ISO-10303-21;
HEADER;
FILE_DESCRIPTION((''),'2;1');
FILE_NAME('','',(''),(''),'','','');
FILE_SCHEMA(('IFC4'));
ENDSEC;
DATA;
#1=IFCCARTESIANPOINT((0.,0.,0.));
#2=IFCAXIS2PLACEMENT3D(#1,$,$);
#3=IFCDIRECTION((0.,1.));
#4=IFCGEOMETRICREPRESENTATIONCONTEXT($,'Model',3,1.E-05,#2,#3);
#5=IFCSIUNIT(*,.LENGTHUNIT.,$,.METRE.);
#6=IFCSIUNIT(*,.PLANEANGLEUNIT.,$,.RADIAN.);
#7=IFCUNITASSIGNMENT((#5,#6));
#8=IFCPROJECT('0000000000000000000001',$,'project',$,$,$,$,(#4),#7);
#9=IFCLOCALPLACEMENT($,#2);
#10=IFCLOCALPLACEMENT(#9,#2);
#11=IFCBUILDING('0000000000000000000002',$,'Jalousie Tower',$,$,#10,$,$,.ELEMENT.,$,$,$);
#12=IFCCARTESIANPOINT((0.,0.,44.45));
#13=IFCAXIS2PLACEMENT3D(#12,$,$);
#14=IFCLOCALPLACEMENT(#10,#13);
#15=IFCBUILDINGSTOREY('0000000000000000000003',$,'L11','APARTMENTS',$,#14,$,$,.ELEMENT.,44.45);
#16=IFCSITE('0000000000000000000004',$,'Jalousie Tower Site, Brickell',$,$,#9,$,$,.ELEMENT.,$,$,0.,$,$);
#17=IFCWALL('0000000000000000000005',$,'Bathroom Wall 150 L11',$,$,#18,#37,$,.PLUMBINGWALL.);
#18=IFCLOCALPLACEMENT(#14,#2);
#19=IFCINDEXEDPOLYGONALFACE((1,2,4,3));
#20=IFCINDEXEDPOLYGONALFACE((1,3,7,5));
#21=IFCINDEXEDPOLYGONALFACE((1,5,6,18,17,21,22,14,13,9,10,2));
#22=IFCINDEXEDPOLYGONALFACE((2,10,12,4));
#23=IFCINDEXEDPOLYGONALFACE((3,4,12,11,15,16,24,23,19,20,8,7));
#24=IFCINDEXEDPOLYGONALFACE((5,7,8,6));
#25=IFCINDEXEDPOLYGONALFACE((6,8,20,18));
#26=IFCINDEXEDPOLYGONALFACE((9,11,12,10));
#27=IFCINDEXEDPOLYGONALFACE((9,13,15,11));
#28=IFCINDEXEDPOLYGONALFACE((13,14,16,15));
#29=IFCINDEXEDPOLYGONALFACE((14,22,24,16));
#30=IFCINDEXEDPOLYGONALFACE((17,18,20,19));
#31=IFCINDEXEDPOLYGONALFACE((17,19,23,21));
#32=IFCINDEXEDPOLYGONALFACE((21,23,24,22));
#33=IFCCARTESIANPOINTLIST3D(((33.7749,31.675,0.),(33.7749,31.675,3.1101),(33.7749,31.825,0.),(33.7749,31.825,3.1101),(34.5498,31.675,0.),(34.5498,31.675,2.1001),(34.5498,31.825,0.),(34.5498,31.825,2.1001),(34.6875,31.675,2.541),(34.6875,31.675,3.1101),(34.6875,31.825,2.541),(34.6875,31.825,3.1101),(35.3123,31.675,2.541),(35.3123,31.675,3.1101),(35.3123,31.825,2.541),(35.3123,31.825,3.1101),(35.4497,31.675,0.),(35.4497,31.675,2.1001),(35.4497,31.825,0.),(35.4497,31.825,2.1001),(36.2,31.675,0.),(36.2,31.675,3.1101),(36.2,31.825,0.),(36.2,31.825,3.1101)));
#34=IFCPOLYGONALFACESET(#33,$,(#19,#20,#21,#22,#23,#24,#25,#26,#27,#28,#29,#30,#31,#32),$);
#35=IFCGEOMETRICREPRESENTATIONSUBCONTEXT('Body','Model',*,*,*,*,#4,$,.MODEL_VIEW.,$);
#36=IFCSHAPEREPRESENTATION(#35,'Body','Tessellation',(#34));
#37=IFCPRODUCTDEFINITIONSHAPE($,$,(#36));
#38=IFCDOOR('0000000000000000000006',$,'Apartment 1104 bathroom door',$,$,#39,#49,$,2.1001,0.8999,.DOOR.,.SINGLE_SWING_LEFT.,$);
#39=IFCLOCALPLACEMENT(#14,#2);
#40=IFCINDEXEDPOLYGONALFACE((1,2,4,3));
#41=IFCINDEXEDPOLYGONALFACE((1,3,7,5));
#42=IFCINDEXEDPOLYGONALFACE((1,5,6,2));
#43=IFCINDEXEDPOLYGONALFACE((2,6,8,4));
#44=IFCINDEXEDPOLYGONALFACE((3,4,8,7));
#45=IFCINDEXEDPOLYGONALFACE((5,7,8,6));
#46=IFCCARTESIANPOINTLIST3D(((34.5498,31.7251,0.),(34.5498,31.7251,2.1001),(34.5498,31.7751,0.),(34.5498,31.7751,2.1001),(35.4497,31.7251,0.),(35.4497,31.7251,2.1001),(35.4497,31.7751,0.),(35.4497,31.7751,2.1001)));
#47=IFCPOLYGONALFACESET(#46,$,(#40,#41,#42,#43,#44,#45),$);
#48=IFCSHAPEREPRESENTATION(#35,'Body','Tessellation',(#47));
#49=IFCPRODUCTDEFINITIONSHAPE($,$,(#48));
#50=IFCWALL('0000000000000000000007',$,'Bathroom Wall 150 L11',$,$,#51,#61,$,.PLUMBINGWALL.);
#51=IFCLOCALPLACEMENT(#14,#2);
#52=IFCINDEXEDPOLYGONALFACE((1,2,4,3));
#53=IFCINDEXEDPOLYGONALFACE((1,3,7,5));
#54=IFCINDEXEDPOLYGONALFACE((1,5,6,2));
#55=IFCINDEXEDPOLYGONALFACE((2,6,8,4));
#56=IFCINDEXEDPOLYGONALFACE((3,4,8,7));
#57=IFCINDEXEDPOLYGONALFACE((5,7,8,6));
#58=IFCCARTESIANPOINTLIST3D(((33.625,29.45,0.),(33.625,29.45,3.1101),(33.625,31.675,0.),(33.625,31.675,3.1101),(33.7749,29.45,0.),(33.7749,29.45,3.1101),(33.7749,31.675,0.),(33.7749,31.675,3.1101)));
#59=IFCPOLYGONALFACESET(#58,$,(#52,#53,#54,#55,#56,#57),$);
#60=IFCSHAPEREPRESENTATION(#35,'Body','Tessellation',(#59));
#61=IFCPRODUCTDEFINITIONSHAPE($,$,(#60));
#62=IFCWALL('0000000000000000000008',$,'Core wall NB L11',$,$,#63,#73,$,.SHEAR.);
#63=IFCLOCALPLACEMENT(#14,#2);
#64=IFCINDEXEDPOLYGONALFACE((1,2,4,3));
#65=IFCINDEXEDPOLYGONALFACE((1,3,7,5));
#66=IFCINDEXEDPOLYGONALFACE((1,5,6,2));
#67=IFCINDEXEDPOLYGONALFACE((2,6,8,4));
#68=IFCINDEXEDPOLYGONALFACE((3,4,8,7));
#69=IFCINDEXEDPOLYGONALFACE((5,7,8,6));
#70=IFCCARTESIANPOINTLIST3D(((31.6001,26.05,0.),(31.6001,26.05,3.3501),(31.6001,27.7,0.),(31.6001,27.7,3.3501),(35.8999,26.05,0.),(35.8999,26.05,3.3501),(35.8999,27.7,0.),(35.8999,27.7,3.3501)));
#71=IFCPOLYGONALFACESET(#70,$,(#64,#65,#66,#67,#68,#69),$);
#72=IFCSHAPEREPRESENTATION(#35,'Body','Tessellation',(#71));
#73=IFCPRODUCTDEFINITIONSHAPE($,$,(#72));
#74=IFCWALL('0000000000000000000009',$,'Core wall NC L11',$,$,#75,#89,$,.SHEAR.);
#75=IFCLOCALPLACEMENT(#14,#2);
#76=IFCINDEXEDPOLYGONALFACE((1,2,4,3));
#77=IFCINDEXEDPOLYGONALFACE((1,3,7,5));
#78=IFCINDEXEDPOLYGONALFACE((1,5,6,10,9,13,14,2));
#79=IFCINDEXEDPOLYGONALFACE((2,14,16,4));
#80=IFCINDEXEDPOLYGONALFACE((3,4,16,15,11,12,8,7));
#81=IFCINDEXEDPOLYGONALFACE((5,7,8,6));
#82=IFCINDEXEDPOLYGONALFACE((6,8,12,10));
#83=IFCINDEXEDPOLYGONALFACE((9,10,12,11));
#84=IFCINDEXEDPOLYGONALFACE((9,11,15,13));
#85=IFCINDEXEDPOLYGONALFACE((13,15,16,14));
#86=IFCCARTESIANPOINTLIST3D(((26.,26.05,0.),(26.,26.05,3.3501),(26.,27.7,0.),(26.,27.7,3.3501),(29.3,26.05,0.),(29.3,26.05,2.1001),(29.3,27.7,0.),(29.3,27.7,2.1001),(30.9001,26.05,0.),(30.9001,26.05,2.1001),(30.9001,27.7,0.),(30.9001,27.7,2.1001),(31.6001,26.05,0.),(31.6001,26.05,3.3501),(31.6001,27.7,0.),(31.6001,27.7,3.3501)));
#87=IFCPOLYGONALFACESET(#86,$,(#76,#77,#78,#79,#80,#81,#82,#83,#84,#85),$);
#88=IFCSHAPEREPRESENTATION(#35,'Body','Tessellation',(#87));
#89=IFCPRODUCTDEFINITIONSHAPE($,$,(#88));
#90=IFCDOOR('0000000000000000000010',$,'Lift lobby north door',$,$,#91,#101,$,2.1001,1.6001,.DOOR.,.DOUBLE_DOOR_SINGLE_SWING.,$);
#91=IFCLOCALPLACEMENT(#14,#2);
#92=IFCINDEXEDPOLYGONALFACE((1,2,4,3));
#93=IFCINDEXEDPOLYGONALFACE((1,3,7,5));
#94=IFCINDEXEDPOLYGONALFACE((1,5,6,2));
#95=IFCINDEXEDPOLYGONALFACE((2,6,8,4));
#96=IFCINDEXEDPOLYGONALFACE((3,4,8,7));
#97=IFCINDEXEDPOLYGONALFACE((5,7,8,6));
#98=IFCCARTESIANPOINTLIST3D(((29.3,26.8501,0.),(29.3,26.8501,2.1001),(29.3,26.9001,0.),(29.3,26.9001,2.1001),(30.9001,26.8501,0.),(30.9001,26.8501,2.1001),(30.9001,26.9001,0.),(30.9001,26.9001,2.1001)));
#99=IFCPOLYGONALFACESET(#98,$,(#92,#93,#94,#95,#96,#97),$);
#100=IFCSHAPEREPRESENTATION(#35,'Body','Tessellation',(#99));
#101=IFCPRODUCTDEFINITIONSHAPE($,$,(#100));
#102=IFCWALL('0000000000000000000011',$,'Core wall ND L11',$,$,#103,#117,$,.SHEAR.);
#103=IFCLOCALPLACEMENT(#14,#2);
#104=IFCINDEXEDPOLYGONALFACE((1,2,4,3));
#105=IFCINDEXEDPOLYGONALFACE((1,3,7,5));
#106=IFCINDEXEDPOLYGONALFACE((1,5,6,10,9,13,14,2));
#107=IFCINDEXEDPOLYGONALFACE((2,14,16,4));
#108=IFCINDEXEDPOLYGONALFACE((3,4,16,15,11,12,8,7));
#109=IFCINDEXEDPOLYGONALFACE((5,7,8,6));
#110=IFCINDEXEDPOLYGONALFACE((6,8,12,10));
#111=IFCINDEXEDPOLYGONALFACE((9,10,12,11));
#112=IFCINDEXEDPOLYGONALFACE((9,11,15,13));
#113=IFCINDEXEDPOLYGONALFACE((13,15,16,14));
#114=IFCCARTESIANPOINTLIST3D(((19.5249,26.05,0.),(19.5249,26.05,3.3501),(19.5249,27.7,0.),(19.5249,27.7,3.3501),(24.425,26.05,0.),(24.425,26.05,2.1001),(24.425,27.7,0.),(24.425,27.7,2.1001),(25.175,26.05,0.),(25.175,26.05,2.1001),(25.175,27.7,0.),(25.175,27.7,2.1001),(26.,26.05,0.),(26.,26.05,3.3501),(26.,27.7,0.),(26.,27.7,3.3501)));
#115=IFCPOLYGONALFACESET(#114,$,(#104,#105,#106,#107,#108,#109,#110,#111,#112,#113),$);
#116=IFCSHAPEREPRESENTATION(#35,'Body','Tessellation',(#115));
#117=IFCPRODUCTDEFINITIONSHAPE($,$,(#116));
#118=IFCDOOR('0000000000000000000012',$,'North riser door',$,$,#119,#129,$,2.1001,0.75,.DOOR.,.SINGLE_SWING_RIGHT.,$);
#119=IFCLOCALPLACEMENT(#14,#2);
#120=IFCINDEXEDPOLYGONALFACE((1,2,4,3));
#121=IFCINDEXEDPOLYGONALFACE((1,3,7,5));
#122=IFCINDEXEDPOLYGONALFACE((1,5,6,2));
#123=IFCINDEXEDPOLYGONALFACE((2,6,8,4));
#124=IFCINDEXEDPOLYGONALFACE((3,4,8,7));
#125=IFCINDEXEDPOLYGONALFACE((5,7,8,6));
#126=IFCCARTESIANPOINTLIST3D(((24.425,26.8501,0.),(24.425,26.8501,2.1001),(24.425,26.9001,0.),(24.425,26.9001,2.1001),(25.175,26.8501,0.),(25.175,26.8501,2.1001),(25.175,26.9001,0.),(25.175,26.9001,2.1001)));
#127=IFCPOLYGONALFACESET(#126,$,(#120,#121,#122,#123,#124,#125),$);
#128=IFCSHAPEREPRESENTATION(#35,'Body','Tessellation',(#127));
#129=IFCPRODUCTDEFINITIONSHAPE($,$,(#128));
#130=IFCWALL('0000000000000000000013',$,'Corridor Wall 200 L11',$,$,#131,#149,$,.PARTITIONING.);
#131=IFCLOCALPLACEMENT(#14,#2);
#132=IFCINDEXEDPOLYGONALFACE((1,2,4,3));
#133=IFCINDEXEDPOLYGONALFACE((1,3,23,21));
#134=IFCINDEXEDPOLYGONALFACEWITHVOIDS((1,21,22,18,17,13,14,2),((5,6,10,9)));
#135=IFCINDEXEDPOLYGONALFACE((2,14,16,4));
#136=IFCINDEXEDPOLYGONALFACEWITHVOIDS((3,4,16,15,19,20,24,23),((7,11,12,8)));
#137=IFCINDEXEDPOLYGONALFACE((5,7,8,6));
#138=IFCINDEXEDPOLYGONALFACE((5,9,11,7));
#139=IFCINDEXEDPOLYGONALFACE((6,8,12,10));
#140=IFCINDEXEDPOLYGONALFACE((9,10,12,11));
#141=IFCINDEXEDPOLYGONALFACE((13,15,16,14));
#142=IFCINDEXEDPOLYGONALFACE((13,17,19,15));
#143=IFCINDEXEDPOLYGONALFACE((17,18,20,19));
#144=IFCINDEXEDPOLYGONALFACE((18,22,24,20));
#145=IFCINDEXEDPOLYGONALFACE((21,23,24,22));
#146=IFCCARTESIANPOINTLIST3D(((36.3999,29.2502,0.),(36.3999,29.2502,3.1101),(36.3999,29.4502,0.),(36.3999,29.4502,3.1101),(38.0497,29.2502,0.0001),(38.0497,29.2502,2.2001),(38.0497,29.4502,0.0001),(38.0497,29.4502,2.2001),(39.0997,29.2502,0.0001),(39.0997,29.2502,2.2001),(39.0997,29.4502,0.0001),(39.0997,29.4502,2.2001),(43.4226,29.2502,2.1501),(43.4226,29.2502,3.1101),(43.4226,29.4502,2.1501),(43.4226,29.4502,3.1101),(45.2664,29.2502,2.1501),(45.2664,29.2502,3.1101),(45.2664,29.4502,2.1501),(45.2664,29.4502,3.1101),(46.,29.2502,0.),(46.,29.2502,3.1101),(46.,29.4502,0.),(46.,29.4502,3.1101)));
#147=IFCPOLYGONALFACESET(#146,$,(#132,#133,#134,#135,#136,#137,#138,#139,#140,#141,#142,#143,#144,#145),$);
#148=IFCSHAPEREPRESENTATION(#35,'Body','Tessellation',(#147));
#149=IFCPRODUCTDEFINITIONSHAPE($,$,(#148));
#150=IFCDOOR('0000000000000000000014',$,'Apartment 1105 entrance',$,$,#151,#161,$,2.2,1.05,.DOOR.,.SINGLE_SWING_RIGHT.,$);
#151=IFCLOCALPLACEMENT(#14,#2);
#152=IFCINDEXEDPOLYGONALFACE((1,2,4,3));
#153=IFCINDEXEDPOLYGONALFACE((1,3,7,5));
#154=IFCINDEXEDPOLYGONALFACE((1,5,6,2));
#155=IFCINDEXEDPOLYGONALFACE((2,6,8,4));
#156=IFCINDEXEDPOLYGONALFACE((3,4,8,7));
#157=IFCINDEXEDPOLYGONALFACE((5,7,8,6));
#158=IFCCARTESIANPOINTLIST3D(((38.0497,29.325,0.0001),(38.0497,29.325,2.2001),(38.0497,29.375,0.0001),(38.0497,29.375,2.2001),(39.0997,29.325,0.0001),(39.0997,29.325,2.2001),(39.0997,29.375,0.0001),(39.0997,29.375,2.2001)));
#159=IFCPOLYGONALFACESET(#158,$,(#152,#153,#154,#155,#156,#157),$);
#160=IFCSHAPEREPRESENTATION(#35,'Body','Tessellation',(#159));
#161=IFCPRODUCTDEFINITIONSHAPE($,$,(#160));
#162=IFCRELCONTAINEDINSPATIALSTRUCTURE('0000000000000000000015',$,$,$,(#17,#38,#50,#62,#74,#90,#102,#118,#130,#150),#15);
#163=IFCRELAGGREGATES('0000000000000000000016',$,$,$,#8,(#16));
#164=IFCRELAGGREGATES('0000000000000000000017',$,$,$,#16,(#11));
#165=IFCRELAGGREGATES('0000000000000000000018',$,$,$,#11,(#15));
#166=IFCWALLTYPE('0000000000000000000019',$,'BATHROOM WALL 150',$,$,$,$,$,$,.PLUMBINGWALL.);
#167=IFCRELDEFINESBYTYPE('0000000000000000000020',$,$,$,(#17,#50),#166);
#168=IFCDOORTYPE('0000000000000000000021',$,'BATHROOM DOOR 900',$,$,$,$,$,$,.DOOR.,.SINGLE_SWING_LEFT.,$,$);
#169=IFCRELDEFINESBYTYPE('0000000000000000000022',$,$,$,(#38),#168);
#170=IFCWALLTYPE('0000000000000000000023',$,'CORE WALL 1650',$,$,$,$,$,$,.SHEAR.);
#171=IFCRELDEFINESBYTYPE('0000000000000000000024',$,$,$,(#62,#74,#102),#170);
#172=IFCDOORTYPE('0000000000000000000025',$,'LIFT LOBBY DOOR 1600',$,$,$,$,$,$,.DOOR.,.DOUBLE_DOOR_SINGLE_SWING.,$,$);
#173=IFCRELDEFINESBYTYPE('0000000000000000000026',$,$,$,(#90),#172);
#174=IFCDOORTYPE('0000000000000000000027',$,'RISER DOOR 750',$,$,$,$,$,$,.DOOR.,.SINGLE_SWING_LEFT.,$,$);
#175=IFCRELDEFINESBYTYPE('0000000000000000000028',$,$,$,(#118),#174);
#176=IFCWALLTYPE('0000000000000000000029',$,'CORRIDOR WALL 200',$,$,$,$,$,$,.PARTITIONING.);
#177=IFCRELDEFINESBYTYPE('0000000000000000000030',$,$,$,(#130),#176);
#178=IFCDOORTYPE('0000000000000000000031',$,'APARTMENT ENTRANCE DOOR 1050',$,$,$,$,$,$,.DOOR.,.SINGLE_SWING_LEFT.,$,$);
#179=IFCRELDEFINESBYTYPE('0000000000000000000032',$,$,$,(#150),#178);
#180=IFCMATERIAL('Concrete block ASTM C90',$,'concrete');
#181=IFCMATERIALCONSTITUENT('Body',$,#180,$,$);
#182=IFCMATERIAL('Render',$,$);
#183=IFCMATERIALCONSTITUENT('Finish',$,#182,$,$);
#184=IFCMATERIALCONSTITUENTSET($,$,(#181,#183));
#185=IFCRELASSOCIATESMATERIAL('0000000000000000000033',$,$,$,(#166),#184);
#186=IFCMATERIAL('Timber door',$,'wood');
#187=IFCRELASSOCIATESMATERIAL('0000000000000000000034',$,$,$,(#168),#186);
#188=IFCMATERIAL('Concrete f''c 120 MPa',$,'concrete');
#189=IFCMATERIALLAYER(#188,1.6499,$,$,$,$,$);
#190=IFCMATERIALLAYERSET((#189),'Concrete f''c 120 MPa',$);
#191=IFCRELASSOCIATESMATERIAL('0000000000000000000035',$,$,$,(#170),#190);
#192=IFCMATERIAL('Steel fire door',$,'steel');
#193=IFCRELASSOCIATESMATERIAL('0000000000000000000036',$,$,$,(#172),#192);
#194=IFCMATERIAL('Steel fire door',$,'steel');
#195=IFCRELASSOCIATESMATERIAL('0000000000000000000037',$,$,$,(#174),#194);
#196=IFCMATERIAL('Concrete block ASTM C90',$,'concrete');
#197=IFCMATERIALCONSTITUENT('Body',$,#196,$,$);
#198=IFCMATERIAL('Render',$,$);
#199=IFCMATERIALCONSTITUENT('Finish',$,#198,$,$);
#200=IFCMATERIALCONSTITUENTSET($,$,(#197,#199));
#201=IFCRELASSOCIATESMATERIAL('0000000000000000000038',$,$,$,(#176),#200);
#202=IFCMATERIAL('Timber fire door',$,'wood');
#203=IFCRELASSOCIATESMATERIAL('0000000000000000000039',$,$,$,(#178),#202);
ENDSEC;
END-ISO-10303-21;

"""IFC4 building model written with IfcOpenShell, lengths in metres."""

from ifc_helpers import new_model, si_unit, direction, frame, frame_2d, origin, place, context, subcontext, project, spatial, polyline, rectangle, outline, extrude, material, layer, layer_set, constituent, constituent_set, type_object, element, fill, save


model = new_model("IFC4")

# Units and contexts
model_context = context("Model", 3, precision=1e-05, world=origin(), true_north=direction((0.0, 1.0)))
body_context = subcontext(model_context, "Body", "Model", "MODEL_VIEW")
ifc_project = project(units=[si_unit("LENGTHUNIT", "METRE"), si_unit("PLANEANGLEUNIT", "RADIAN")], contexts=[model_context])

# Site, building, storey
site_placement = place(None, origin())
site = spatial("IfcSite", under=ifc_project, at=site_placement, Name="Jalousie Tower Site, Brickell", CompositionType="ELEMENT", RefElevation=0.0)
building_placement = place(site_placement, origin())
building = spatial("IfcBuilding", under=site, at=building_placement, Name="Jalousie Tower", CompositionType="ELEMENT")
storey_placement = place(building_placement, frame((0.0, 0.0, 44.45)))
storey = spatial("IfcBuildingStorey", under=building, at=storey_placement, Name="L11", Description="APARTMENTS", CompositionType="ELEMENT", Elevation=44.45)

# Wall, opening, door
ifc_material_1 = material(Name="Concrete block ASTM C90", Category="concrete")
ifc_constituent_1 = constituent(ifc_material_1, Name="Body")
ifc_material_2 = material(Name="Render")
ifc_constituent_2 = constituent(ifc_material_2, Name="Finish")
ifc_constituent_set_1 = constituent_set(constituents=[ifc_constituent_1, ifc_constituent_2])
wall_type_1 = type_object("IfcWallType", Name="BATHROOM WALL 150", PredefinedType="PLUMBINGWALL", material=ifc_constituent_set_1)
wall_1_placement = place(storey_placement, frame((33.7749, 31.75, 0.0), z_axis=(0.0, 0.0, 1.0), x_axis=(1.0, 0.0, 0.0)))
wall_1 = element("IfcWall", 1, at=wall_1_placement, inside=storey, type_object=wall_type_1, Name="Bathroom Wall 150 L11", PredefinedType="PLUMBINGWALL", context=body_context, shape_type="SweptSolid", body=[
    extrude(outline(polyline([(0.0, 0.0), (2.425, 0.0), (2.425, 3.1101), (1.5374, 3.1101), (1.5374, 2.541), (0.9126, 2.541), (0.9126, 3.1101), (0.0, 3.1101), (0.0, 0.0)])), frame((0.0, 0.075, 0.0), z_axis=(0.0, -1.0, 0.0), x_axis=(1.0, 0.0, 0.0)), (0.0, 0.0, 1.0), 0.1499),
])
opening_1_placement = place(wall_1_placement, frame((0.7749, 0.0, 0.0)))
opening_1 = element("IfcOpeningElement", 2, at=opening_1_placement, cuts=wall_1, PredefinedType="OPENING", context=body_context, shape_type="SweptSolid", body=[
    extrude(rectangle(XDim=0.8999, YDim=2.1001, at=frame_2d((0.45, 1.05))), frame((0.0, 0.085, 0.0), z_axis=(0.0, -1.0, 0.0), x_axis=(1.0, 0.0, 0.0)), (0.0, 0.0, 1.0), 0.1699),
])
ifc_material_3 = material(Name="Timber door", Category="wood")
door_type_1 = type_object("IfcDoorType", Name="BATHROOM DOOR 900", OperationType="SINGLE_SWING_LEFT", PredefinedType="DOOR", material=ifc_material_3)
door_1_placement = place(opening_1_placement, frame((0.8999, 0.0, 0.0), z_axis=(0.0, 0.0, 1.0), x_axis=(-1.0, 0.0, 0.0)))
door_1 = element("IfcDoor", 3, at=door_1_placement, inside=storey, type_object=door_type_1, Name="Apartment 1104 bathroom door", OperationType="SINGLE_SWING_LEFT", OverallHeight=2.1001, OverallWidth=0.8999, PredefinedType="DOOR", context=body_context, shape_type="SweptSolid", body=[
    extrude(rectangle(XDim=0.8999, YDim=2.1001, at=frame_2d((0.45, 1.05))), frame((0.0, 0.0249, 0.0), z_axis=(0.0, -1.0, 0.0), x_axis=(1.0, 0.0, 0.0)), (0.0, 0.0, 1.0), 0.05),
])
fill(opening_1, door_1)

# Walls
wall_2_placement = place(storey_placement, frame((33.7, 31.675, 0.0), z_axis=(0.0, 0.0, 1.0), x_axis=(0.0, -1.0, 0.0)))
element("IfcWall", 4, at=wall_2_placement, inside=storey, type_object=wall_type_1, Name="Bathroom Wall 150 L11", PredefinedType="PLUMBINGWALL", context=body_context, shape_type="SweptSolid", body=[
    extrude(rectangle(XDim=2.2251, YDim=0.1499, at=frame_2d((1.1125, 0.0))), origin(), (0.0, 0.0, 1.0), 3.1101),
])
ifc_material_4 = material(Name="Concrete f'c 120 MPa", Category="concrete")
ifc_layer = layer(ifc_material_4, 1.6499)
ifc_layer_set = layer_set([ifc_layer], Name="Concrete f'c 120 MPa")
wall_type_2 = type_object("IfcWallType", Name="CORE WALL 1650", PredefinedType="SHEAR", material=ifc_layer_set)
wall_3_placement = place(storey_placement, frame((35.8999, 26.875, 0.0), z_axis=(0.0, 0.0, 1.0), x_axis=(-1.0, 0.0, 0.0)))
element("IfcWall", 5, at=wall_3_placement, inside=storey, type_object=wall_type_2, Name="Core wall NB L11", PredefinedType="SHEAR", context=body_context, shape_type="SweptSolid", body=[
    extrude(rectangle(XDim=4.2998, YDim=1.6499, at=frame_2d((2.1499, 0.0))), origin(), (0.0, 0.0, 1.0), 3.3501),
])

# Walls, openings, doors
wall_4_placement = place(storey_placement, frame((31.6001, 26.875, 0.0), z_axis=(0.0, 0.0, 1.0), x_axis=(-1.0, 0.0, 0.0)))
wall_4 = element("IfcWall", 6, at=wall_4_placement, inside=storey, type_object=wall_type_2, Name="Core wall NC L11", PredefinedType="SHEAR", context=body_context, shape_type="SweptSolid", body=[
    extrude(rectangle(XDim=5.6001, YDim=1.6499, at=frame_2d((2.8, 0.0))), origin(), (0.0, 0.0, 1.0), 3.3501),
])
opening_2_placement = place(wall_4_placement, frame((0.7, 0.0, 0.0)))
opening_2 = element("IfcOpeningElement", 7, at=opening_2_placement, cuts=wall_4, PredefinedType="OPENING", context=body_context, shape_type="SweptSolid", body=[
    extrude(rectangle(XDim=1.6001, YDim=2.1001, at=frame_2d((0.8, 1.05))), frame((0.0, 0.835, 0.0), z_axis=(0.0, -1.0, 0.0), x_axis=(1.0, 0.0, 0.0)), (0.0, 0.0, 1.0), 1.6699),
])
ifc_material_5 = material(Name="Steel fire door", Category="steel")
door_type_2 = type_object("IfcDoorType", Name="LIFT LOBBY DOOR 1600", OperationType="DOUBLE_DOOR_SINGLE_SWING", PredefinedType="DOOR", material=ifc_material_5)
door_2_placement = place(opening_2_placement, origin())
door_2 = element("IfcDoor", 8, at=door_2_placement, inside=storey, type_object=door_type_2, Name="Lift lobby north door", OperationType="DOUBLE_DOOR_SINGLE_SWING", OverallHeight=2.1001, OverallWidth=1.6001, PredefinedType="DOOR", context=body_context, shape_type="SweptSolid", body=[
    extrude(rectangle(XDim=1.6001, YDim=2.1001, at=frame_2d((0.8, 1.05))), frame((0.0, 0.0249, 0.0), z_axis=(0.0, -1.0, 0.0), x_axis=(1.0, 0.0, 0.0)), (0.0, 0.0, 1.0), 0.05),
])
fill(opening_2, door_2)
wall_5_placement = place(storey_placement, frame((26.0, 26.875, 0.0), z_axis=(0.0, 0.0, 1.0), x_axis=(-1.0, 0.0, 0.0)))
wall_5 = element("IfcWall", 9, at=wall_5_placement, inside=storey, type_object=wall_type_2, Name="Core wall ND L11", PredefinedType="SHEAR", context=body_context, shape_type="SweptSolid", body=[
    extrude(rectangle(XDim=6.4751, YDim=1.6499, at=frame_2d((3.2375, 0.0))), origin(), (0.0, 0.0, 1.0), 3.3501),
])
opening_3_placement = place(wall_5_placement, frame((0.825, 0.0, 0.0)))
opening_3 = element("IfcOpeningElement", 10, at=opening_3_placement, cuts=wall_5, PredefinedType="OPENING", context=body_context, shape_type="SweptSolid", body=[
    extrude(rectangle(XDim=0.75, YDim=2.1001, at=frame_2d((0.375, 1.05))), frame((0.0, 0.835, 0.0), z_axis=(0.0, -1.0, 0.0), x_axis=(1.0, 0.0, 0.0)), (0.0, 0.0, 1.0), 1.6699),
])
ifc_material_6 = material(Name="Steel fire door", Category="steel")
door_type_3 = type_object("IfcDoorType", Name="RISER DOOR 750", OperationType="SINGLE_SWING_LEFT", PredefinedType="DOOR", material=ifc_material_6)
door_3_placement = place(opening_3_placement, origin())
door_3 = element("IfcDoor", 11, at=door_3_placement, inside=storey, type_object=door_type_3, Name="North riser door", OperationType="SINGLE_SWING_RIGHT", OverallHeight=2.1001, OverallWidth=0.75, PredefinedType="DOOR", context=body_context, shape_type="SweptSolid", body=[
    extrude(rectangle(XDim=0.75, YDim=2.1001, at=frame_2d((0.375, 1.05))), frame((0.0, 0.0249, 0.0), z_axis=(0.0, -1.0, 0.0), x_axis=(1.0, 0.0, 0.0)), (0.0, 0.0, 1.0), 0.05),
])
fill(opening_3, door_3)
ifc_material_7 = material(Name="Concrete block ASTM C90", Category="concrete")
ifc_constituent_3 = constituent(ifc_material_7, Name="Body")
ifc_material_8 = material(Name="Render")
ifc_constituent_4 = constituent(ifc_material_8, Name="Finish")
ifc_constituent_set_2 = constituent_set(constituents=[ifc_constituent_3, ifc_constituent_4])
wall_type_3 = type_object("IfcWallType", Name="CORRIDOR WALL 200", PredefinedType="PARTITIONING", material=ifc_constituent_set_2)
wall_6_placement = place(storey_placement, frame((36.3999, 29.3501, 0.0), z_axis=(0.0, 0.0, 1.0), x_axis=(1.0, 0.0, 0.0)))
wall_6 = element("IfcWall", 12, at=wall_6_placement, inside=storey, type_object=wall_type_3, Name="Corridor Wall 200 L11", PredefinedType="PARTITIONING", context=body_context, shape_type="SweptSolid", body=[
    extrude(outline(polyline([(0.0, 0.0), (9.6001, 0.0), (9.6001, 3.1101), (8.8665, 3.1101), (8.8665, 2.1501), (7.0227, 2.1501), (7.0227, 3.1101), (0.0, 3.1101), (0.0, 0.0)])), frame((0.0, 0.1001, 0.0), z_axis=(0.0, -1.0, 0.0), x_axis=(1.0, 0.0, 0.0)), (0.0, 0.0, 1.0), 0.2),
])
opening_4_placement = place(wall_6_placement, frame((1.6499, 0.0, 0.0)))
opening_4 = element("IfcOpeningElement", 13, at=opening_4_placement, cuts=wall_6, PredefinedType="OPENING", context=body_context, shape_type="SweptSolid", body=[
    extrude(rectangle(XDim=1.05, YDim=2.2, at=frame_2d((0.5249, 1.1001))), frame((0.0, 0.1099, 0.0), z_axis=(0.0, -1.0, 0.0), x_axis=(1.0, 0.0, 0.0)), (0.0, 0.0, 1.0), 0.22),
])
ifc_material_9 = material(Name="Timber fire door", Category="wood")
door_type_4 = type_object("IfcDoorType", Name="APARTMENT ENTRANCE DOOR 1050", OperationType="SINGLE_SWING_LEFT", PredefinedType="DOOR", material=ifc_material_9)
door_4_placement = place(opening_4_placement, origin())
door_4 = element("IfcDoor", 14, at=door_4_placement, inside=storey, type_object=door_type_4, Name="Apartment 1105 entrance", OperationType="SINGLE_SWING_RIGHT", OverallHeight=2.2, OverallWidth=1.05, PredefinedType="DOOR", context=body_context, shape_type="SweptSolid", body=[
    extrude(rectangle(XDim=1.05, YDim=2.2, at=frame_2d((0.5249, 1.1001))), frame((0.0, 0.0249, 0.0), z_axis=(0.0, -1.0, 0.0), x_axis=(1.0, 0.0, 0.0)), (0.0, 0.0, 1.0), 0.05),
])
fill(opening_4, door_4)

save(model, "model.ifc")
